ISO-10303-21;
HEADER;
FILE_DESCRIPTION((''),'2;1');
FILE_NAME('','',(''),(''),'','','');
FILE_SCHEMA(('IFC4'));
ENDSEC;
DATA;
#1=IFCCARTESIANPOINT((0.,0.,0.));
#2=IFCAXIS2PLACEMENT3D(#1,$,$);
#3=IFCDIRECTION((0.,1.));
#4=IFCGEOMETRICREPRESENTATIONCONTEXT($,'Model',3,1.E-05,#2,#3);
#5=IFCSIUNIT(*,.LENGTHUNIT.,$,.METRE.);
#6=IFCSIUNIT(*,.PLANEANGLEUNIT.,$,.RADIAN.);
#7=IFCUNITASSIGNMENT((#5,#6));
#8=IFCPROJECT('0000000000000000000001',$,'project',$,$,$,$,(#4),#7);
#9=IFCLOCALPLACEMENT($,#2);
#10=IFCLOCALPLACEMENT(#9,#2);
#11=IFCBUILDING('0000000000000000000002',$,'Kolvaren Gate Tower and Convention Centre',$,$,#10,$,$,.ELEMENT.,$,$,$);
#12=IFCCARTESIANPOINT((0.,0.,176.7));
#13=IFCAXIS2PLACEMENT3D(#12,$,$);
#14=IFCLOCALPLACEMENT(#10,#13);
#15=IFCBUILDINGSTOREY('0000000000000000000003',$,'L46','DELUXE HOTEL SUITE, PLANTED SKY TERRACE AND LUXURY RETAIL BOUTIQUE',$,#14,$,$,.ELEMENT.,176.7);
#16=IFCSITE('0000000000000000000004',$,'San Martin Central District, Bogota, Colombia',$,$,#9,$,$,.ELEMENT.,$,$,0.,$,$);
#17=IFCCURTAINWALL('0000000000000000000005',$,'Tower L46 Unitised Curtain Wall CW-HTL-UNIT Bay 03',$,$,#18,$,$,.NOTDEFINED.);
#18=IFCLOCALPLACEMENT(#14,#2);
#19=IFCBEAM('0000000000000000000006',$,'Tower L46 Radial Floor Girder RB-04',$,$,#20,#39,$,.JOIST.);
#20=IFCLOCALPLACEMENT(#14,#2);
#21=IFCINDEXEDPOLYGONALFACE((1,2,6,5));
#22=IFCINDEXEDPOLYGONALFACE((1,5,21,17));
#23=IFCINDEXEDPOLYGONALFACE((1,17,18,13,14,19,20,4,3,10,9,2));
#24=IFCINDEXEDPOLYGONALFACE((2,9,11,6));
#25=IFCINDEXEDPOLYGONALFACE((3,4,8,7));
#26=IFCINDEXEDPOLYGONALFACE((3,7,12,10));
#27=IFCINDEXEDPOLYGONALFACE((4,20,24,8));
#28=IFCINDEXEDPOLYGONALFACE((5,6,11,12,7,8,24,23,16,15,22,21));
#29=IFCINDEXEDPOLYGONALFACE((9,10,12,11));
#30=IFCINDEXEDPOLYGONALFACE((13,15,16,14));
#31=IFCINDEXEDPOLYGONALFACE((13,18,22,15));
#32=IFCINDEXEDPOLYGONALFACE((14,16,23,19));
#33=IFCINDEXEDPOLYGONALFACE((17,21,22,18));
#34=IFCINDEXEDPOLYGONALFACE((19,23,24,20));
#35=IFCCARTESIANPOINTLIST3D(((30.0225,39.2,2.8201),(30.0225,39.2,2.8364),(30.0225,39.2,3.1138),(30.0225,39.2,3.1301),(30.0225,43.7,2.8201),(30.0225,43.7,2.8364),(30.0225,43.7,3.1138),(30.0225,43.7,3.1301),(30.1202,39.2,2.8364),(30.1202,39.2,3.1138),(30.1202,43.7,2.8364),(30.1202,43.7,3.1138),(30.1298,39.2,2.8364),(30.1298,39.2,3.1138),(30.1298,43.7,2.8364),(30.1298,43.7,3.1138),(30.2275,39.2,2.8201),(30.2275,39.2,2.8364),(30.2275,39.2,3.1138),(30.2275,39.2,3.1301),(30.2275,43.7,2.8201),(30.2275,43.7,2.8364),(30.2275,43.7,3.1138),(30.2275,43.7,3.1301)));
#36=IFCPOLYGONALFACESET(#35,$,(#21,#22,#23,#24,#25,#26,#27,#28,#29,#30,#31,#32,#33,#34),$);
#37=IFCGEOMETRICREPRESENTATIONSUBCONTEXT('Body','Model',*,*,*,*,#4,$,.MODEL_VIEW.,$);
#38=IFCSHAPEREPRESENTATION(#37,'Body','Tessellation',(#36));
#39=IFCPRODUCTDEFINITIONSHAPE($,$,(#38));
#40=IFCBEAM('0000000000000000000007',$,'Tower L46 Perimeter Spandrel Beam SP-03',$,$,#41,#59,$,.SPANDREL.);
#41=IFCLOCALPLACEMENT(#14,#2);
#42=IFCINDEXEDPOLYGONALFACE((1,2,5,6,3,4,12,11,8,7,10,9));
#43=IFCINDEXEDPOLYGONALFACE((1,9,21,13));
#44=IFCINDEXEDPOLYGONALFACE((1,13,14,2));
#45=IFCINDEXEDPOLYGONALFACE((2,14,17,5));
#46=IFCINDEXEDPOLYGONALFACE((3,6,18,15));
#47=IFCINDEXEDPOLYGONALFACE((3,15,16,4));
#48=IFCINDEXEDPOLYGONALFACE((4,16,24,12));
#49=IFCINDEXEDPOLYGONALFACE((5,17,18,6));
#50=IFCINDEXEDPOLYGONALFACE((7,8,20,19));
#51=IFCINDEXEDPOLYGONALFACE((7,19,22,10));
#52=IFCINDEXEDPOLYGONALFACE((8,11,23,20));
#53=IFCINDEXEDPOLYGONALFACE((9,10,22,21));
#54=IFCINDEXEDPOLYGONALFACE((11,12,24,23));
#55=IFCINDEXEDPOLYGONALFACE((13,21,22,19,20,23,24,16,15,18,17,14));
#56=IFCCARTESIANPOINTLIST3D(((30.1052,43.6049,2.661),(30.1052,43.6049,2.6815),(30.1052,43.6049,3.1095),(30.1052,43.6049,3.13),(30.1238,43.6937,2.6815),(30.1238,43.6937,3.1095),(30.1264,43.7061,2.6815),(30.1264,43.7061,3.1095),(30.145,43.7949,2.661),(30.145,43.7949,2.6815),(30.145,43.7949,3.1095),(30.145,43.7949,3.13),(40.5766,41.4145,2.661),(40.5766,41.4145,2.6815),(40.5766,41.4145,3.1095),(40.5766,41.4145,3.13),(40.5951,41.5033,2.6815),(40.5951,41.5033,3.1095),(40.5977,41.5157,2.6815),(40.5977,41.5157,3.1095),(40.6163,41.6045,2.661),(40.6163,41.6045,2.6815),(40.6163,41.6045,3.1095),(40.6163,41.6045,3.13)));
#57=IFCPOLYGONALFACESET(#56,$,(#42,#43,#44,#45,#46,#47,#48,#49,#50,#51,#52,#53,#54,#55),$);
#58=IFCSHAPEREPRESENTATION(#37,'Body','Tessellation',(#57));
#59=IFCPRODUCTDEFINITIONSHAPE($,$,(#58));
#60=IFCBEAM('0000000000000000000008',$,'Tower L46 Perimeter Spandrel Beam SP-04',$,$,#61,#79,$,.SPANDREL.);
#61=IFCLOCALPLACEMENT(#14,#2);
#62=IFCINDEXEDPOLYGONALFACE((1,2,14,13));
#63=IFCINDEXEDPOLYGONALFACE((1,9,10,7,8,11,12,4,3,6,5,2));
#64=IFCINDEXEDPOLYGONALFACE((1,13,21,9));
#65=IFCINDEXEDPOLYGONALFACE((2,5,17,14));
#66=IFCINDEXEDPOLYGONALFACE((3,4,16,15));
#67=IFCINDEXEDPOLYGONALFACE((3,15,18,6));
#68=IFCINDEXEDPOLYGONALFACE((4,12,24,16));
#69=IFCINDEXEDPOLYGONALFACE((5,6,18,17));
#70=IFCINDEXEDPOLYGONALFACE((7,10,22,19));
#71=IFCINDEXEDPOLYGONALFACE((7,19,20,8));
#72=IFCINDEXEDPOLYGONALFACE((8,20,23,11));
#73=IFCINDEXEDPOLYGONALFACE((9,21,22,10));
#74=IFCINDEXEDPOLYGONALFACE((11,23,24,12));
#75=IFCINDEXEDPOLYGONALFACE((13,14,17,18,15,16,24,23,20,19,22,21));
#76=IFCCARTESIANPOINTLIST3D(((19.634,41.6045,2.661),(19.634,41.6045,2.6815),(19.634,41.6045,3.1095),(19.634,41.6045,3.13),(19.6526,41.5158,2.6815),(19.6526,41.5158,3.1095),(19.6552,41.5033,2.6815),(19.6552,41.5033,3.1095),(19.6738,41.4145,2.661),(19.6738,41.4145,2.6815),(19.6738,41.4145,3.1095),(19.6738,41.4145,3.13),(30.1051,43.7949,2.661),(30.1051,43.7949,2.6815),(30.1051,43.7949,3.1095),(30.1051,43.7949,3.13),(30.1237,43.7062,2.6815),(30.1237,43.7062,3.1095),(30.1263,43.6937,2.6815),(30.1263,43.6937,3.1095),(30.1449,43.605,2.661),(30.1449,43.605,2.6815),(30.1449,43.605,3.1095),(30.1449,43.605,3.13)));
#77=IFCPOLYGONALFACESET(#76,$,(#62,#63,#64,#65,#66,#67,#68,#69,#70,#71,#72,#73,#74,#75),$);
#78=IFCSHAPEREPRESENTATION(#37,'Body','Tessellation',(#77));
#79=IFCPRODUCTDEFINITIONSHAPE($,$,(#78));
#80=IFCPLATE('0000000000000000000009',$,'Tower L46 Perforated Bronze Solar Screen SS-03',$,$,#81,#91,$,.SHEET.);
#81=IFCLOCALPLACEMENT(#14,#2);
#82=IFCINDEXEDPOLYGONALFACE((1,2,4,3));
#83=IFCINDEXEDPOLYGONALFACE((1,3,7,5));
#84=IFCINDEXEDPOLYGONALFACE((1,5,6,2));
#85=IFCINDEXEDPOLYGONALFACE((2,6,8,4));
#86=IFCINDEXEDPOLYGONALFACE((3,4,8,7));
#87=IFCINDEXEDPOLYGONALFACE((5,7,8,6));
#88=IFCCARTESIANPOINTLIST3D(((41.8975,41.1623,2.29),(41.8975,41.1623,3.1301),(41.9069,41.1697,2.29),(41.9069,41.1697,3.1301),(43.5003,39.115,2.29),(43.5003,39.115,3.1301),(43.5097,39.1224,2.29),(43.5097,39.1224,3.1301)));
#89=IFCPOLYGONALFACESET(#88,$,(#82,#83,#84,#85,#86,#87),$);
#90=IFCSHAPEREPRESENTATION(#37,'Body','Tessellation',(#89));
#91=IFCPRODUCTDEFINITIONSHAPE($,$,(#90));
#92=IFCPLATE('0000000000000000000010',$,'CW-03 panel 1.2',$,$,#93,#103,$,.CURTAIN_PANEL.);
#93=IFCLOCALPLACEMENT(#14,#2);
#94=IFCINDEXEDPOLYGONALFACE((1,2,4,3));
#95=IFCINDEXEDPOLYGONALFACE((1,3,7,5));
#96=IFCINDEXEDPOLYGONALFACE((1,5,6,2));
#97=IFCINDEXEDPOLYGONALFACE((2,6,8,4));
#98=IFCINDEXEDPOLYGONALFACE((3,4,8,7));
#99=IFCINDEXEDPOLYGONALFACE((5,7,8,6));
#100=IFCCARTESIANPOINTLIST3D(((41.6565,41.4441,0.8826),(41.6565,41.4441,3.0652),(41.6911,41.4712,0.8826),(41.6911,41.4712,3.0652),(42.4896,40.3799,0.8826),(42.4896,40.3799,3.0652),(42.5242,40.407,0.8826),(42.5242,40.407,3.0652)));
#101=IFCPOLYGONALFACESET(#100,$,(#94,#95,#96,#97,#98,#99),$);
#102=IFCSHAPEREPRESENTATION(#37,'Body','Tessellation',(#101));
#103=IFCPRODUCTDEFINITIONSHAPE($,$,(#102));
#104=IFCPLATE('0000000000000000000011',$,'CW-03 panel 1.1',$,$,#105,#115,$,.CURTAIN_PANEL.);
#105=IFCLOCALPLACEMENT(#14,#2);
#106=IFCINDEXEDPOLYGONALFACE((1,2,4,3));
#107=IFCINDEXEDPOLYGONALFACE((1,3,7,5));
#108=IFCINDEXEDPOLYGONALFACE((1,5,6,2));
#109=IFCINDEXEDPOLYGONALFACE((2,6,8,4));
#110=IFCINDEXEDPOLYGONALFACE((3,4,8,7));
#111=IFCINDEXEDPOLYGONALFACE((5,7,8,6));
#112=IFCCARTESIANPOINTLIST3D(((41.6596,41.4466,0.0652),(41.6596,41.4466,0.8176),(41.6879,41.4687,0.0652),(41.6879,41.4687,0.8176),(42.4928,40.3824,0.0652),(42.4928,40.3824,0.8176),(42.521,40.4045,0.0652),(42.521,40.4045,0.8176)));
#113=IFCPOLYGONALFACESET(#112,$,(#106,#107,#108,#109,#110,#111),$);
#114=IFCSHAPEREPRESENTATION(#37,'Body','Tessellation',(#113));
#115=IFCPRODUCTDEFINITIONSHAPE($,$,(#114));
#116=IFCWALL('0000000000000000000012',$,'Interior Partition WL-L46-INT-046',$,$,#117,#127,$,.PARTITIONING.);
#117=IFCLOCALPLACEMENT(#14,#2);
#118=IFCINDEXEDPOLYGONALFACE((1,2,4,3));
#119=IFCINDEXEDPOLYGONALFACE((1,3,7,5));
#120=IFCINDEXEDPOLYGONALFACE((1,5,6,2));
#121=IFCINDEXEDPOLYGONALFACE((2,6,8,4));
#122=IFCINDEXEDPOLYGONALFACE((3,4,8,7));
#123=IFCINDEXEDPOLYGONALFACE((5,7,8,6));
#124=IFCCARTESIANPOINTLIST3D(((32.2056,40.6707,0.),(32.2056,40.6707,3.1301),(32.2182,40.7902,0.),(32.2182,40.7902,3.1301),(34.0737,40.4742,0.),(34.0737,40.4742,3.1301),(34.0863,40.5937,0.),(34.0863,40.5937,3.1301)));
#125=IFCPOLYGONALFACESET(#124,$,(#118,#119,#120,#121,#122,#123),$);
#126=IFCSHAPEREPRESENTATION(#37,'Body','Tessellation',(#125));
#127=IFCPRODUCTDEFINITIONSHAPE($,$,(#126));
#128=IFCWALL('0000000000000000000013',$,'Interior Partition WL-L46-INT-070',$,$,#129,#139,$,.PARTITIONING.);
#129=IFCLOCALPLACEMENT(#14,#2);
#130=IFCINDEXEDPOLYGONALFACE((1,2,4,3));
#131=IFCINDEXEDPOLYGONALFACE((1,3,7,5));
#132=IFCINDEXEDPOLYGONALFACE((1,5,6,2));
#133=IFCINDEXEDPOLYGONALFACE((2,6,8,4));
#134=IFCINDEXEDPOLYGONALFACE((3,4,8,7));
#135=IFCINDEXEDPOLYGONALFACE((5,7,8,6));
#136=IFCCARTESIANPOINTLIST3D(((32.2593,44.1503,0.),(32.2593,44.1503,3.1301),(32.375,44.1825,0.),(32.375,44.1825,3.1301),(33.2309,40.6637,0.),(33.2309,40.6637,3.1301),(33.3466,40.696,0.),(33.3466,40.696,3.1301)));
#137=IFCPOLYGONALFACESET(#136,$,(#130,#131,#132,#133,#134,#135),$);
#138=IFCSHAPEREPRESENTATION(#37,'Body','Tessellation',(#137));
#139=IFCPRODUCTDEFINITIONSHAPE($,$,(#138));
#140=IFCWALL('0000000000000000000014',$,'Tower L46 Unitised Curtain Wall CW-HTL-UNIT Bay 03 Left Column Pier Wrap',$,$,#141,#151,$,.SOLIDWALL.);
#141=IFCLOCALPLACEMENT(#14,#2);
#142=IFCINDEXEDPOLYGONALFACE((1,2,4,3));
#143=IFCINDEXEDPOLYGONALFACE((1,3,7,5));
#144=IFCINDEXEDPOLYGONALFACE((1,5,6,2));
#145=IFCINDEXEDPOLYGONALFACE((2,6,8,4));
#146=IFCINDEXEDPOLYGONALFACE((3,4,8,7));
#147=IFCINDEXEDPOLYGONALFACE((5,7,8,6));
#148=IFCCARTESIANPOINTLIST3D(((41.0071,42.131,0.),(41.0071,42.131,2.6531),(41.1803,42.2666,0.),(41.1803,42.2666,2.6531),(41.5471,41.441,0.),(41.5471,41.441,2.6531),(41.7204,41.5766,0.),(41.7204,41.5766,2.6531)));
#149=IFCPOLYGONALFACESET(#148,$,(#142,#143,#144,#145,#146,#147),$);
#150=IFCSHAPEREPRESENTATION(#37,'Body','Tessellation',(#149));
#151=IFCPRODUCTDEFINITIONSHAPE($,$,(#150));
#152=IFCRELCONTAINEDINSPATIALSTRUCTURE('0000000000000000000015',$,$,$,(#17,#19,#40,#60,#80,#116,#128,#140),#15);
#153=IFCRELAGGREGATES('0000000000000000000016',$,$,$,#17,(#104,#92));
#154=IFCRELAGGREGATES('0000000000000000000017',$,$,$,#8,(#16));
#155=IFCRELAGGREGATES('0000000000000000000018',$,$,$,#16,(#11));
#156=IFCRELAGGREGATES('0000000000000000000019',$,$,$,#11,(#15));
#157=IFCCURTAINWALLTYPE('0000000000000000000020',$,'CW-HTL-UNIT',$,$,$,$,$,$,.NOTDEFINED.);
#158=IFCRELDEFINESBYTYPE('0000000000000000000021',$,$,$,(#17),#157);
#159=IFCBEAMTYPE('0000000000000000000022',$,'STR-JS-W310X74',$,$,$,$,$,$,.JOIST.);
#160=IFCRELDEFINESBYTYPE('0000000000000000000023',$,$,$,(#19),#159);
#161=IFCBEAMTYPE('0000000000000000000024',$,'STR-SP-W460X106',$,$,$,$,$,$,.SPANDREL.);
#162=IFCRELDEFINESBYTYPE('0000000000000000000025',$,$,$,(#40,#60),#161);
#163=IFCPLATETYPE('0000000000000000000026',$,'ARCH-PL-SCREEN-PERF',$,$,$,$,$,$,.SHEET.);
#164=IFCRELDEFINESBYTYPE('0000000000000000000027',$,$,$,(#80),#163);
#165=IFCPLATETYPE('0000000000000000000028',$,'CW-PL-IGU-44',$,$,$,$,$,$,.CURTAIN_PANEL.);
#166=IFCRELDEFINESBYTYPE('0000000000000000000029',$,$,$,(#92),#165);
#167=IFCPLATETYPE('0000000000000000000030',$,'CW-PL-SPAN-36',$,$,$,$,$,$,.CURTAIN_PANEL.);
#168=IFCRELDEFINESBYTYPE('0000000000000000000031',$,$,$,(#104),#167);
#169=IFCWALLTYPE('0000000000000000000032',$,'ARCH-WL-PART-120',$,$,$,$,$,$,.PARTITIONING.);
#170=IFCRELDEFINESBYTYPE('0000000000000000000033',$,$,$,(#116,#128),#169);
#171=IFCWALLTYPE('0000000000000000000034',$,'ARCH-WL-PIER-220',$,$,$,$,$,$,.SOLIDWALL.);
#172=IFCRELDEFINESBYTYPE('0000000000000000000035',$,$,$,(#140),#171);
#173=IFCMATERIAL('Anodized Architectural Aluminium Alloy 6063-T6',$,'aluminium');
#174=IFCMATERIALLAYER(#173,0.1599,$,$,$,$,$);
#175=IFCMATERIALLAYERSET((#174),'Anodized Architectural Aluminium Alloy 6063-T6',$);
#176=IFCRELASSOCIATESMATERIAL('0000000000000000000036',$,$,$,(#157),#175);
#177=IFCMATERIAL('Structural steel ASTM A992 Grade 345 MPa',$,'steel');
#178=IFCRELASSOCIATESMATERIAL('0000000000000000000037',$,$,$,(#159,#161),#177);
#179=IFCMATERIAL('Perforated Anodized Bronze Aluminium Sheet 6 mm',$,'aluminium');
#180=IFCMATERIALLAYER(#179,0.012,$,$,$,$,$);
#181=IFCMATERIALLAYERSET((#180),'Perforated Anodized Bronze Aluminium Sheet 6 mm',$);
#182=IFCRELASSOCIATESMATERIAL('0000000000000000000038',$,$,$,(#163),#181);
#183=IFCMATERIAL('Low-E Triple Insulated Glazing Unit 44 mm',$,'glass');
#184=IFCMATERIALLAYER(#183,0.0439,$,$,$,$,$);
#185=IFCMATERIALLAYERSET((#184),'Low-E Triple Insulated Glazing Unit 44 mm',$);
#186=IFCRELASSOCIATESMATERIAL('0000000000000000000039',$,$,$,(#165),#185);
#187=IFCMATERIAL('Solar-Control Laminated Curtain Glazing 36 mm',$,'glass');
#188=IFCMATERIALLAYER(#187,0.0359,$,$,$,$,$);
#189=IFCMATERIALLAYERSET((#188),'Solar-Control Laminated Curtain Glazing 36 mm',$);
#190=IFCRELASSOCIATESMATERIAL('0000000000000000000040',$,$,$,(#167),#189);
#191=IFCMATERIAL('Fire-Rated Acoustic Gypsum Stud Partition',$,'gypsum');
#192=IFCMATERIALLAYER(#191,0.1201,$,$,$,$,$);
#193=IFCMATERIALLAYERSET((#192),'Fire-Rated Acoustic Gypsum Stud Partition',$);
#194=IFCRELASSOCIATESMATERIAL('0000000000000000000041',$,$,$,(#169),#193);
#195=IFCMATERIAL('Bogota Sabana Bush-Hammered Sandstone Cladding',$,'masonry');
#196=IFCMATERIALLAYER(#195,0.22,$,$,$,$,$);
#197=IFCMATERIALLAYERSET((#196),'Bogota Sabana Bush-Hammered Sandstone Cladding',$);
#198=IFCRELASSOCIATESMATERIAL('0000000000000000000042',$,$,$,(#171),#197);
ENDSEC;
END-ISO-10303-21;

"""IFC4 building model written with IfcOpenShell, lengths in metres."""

from ifc_helpers import new_model, si_unit, direction, frame, frame_2d, origin, origin_2d, place, context, subcontext, project, spatial, rectangle, i_section, extrude, material, layer, layer_set, material_profile, profile_set, type_object, element, aggregate, save


model = new_model("IFC4")

# Units and contexts
model_context = context("Model", 3, precision=1e-05, world=origin(), true_north=direction((0.0, 1.0)))
body_context = subcontext(model_context, "Body", "Model", "MODEL_VIEW")
ifc_project = project(units=[si_unit("LENGTHUNIT", "METRE"), si_unit("PLANEANGLEUNIT", "RADIAN")], contexts=[model_context])

# Site, building, storey
site_placement = place(None, origin())
site = spatial("IfcSite", under=ifc_project, at=site_placement, Name="San Martin Central District, Bogota, Colombia", CompositionType="ELEMENT", RefElevation=0.0)
building_placement = place(site_placement, origin())
building = spatial("IfcBuilding", under=site, at=building_placement, Name="Kolvaren Gate Tower and Convention Centre", CompositionType="ELEMENT")
storey_placement = place(building_placement, frame((0.0, 0.0, 176.7)))
storey = spatial("IfcBuildingStorey", under=building, at=storey_placement, Name="L46", Description="DELUXE HOTEL SUITE, PLANTED SKY TERRACE AND LUXURY RETAIL BOUTIQUE", CompositionType="ELEMENT", Elevation=176.7)

# Curtain wall
ifc_material_1 = material(Name="Anodized Architectural Aluminium Alloy 6063-T6", Category="aluminium")
ifc_layer_1 = layer(ifc_material_1, 0.1599)
ifc_layer_set_1 = layer_set([ifc_layer_1], Name="Anodized Architectural Aluminium Alloy 6063-T6")
curtain_wall_type = type_object("IfcCurtainWallType", Name="CW-HTL-UNIT", PredefinedType="NOTDEFINED", material=ifc_layer_set_1)
curtain_wall_placement = place(storey_placement, origin())
curtain_wall = element("IfcCurtainWall", 1, at=curtain_wall_placement, inside=storey, type_object=curtain_wall_type, Name="Tower L46 Unitised Curtain Wall CW-HTL-UNIT Bay 03", PredefinedType="NOTDEFINED")

# Beams
ifc_material_2 = material(Name="Structural steel ASTM A992 Grade 345 MPa", Category="steel")
ifc_material_profile_1 = material_profile(ifc_material_2, i_section(OverallWidth=0.2051, OverallDepth=0.3101, WebThickness=0.0095, FlangeThickness=0.0164, at=origin_2d()), Name="W310X74")
ifc_profile_set_1 = profile_set([ifc_material_profile_1], Name="Structural steel ASTM A992 Grade 345 MPa")
beam_type_1 = type_object("IfcBeamType", Name="STR-JS-W310X74", PredefinedType="JOIST", material=ifc_profile_set_1)
beam_1_placement = place(storey_placement, frame((30.125, 39.2, 2.9751), z_axis=(0.0, 1.0, 0.0), x_axis=(-1.0, 0.0, 0.0)))
element("IfcBeam", 2, at=beam_1_placement, inside=storey, type_object=beam_type_1, Name="Tower L46 Radial Floor Girder RB-04", PredefinedType="JOIST", context=body_context, shape_type="SweptSolid", body=[
    extrude(i_section(OverallWidth=0.2051, OverallDepth=0.3101, WebThickness=0.0095, FlangeThickness=0.0164, at=origin_2d()), origin(), (0.0, 0.0, 1.0), 4.5),
])
ifc_material_profile_2 = material_profile(ifc_material_2, i_section(OverallWidth=0.1941, OverallDepth=0.469, WebThickness=0.0127, FlangeThickness=0.0205, at=origin_2d()), Name="W460X106")
ifc_profile_set_2 = profile_set([ifc_material_profile_2], Name="Structural steel ASTM A992 Grade 345 MPa")
beam_type_2 = type_object("IfcBeamType", Name="STR-SP-W460X106", PredefinedType="SPANDREL", material=ifc_profile_set_2)
beam_2_placement = place(storey_placement, frame((40.5964, 41.5095, 2.8955), z_axis=(-0.978814, 0.20475, 0.0), x_axis=(-0.20475, -0.978814, 0.0)))
element("IfcBeam", 3, at=beam_2_placement, inside=storey, type_object=beam_type_2, Name="Tower L46 Perimeter Spandrel Beam SP-03", PredefinedType="SPANDREL", context=body_context, shape_type="SweptSolid", body=[
    extrude(i_section(OverallWidth=0.1941, OverallDepth=0.469, WebThickness=0.0127, FlangeThickness=0.0205, at=origin_2d()), origin(), (0.0, 0.0, 1.0), 10.698),
])
beam_3_placement = place(storey_placement, frame((30.125, 43.7, 2.8955), z_axis=(-0.978813, -0.204754, 0.0), x_axis=(0.204754, -0.978813, 0.0)))
element("IfcBeam", 4, at=beam_3_placement, inside=storey, type_object=beam_type_2, Name="Tower L46 Perimeter Spandrel Beam SP-04", PredefinedType="SPANDREL", context=body_context, shape_type="SweptSolid", body=[
    extrude(i_section(OverallWidth=0.1941, OverallDepth=0.469, WebThickness=0.0127, FlangeThickness=0.0205, at=origin_2d()), origin(), (0.0, 0.0, 1.0), 10.6978),
])

# Plates
ifc_material_3 = material(Name="Perforated Anodized Bronze Aluminium Sheet 6 mm", Category="aluminium")
ifc_layer_2 = layer(ifc_material_3, 0.012)
ifc_layer_set_2 = layer_set([ifc_layer_2], Name="Perforated Anodized Bronze Aluminium Sheet 6 mm")
plate_type_1 = type_object("IfcPlateType", Name="ARCH-PL-SCREEN-PERF", PredefinedType="SHEET", material=ifc_layer_set_2)
plate_1_placement = place(storey_placement, frame((42.7036, 40.1423, 2.29), z_axis=(0.0, 0.0, 1.0), x_axis=(0.616434, -0.787406, 0.0)))
element("IfcPlate", 5, at=plate_1_placement, inside=storey, type_object=plate_type_1, Name="Tower L46 Perforated Bronze Solar Screen SS-03", PredefinedType="SHEET", context=body_context, shape_type="SweptSolid", body=[
    extrude(rectangle(XDim=2.6001, YDim=0.012, at=origin_2d()), origin(), (0.0, 0.0, 1.0), 0.8401),
])
ifc_material_4 = material(Name="Low-E Triple Insulated Glazing Unit 44 mm", Category="glass")
ifc_layer_3 = layer(ifc_material_4, 0.0439)
ifc_layer_set_3 = layer_set([ifc_layer_3], Name="Low-E Triple Insulated Glazing Unit 44 mm")
plate_type_2 = type_object("IfcPlateType", Name="CW-PL-IGU-44", PredefinedType="CURTAIN_PANEL", material=ifc_layer_set_3)
plate_2_placement = place(storey_placement, frame((42.0903, 40.9255, 0.8826), z_axis=(0.0, 0.0, 1.0), x_axis=(0.616438, -0.787404, 0.0)))
plate_2 = element("IfcPlate", 6, at=plate_2_placement, type_object=plate_type_2, Name="CW-03 panel 1.2", PredefinedType="CURTAIN_PANEL", context=body_context, shape_type="SweptSolid", body=[
    extrude(rectangle(XDim=1.3516, YDim=0.0439, at=origin_2d()), origin(), (0.0, 0.0, 1.0), 2.1826),
])
ifc_material_5 = material(Name="Solar-Control Laminated Curtain Glazing 36 mm", Category="glass")
ifc_layer_4 = layer(ifc_material_5, 0.0359)
ifc_layer_set_4 = layer_set([ifc_layer_4], Name="Solar-Control Laminated Curtain Glazing 36 mm")
plate_type_3 = type_object("IfcPlateType", Name="CW-PL-SPAN-36", PredefinedType="CURTAIN_PANEL", material=ifc_layer_set_4)
plate_3_placement = place(storey_placement, frame((42.0903, 40.9255, 0.0652), z_axis=(0.0, 0.0, 1.0), x_axis=(0.616438, -0.787404, 0.0)))
plate_3 = element("IfcPlate", 7, at=plate_3_placement, type_object=plate_type_3, Name="CW-03 panel 1.1", PredefinedType="CURTAIN_PANEL", context=body_context, shape_type="SweptSolid", body=[
    extrude(rectangle(XDim=1.3516, YDim=0.0359, at=origin_2d()), origin(), (0.0, 0.0, 1.0), 0.7524),
])
aggregate(curtain_wall, [plate_3, plate_2])

# Walls
ifc_material_6 = material(Name="Fire-Rated Acoustic Gypsum Stud Partition", Category="gypsum")
ifc_layer_5 = layer(ifc_material_6, 0.1201)
ifc_layer_set_5 = layer_set([ifc_layer_5], Name="Fire-Rated Acoustic Gypsum Stud Partition")
wall_type_1 = type_object("IfcWallType", Name="ARCH-WL-PART-120", PredefinedType="PARTITIONING", material=ifc_layer_set_5)
wall_1_placement = place(storey_placement, frame((32.2119, 40.7305, 0.0), z_axis=(0.0, 0.0, 1.0), x_axis=(0.994512, -0.104624, 0.0)))
element("IfcWall", 8, at=wall_1_placement, inside=storey, type_object=wall_type_1, Name="Interior Partition WL-L46-INT-046", PredefinedType="PARTITIONING", context=body_context, shape_type="SweptSolid", body=[
    extrude(rectangle(XDim=1.8784, YDim=0.1201, at=frame_2d((0.9392, 0.0))), origin(), (0.0, 0.0, 1.0), 3.1301),
])
wall_2_placement = place(storey_placement, frame((32.3171, 44.1663, 0.0), z_axis=(0.0, 0.0, 1.0), x_axis=(0.268461, -0.96329, 0.0)))
element("IfcWall", 9, at=wall_2_placement, inside=storey, type_object=wall_type_1, Name="Interior Partition WL-L46-INT-070", PredefinedType="PARTITIONING", context=body_context, shape_type="SweptSolid", body=[
    extrude(rectangle(XDim=3.6194, YDim=0.1201, at=frame_2d((1.8096, 0.0))), origin(), (0.0, 0.0, 1.0), 3.1301),
])
ifc_material_7 = material(Name="Bogota Sabana Bush-Hammered Sandstone Cladding", Category="masonry")
ifc_layer_6 = layer(ifc_material_7, 0.22)
ifc_layer_set_6 = layer_set([ifc_layer_6], Name="Bogota Sabana Bush-Hammered Sandstone Cladding")
wall_type_2 = type_object("IfcWallType", Name="ARCH-WL-PIER-220", PredefinedType="SOLIDWALL", material=ifc_layer_set_6)
wall_3_placement = place(storey_placement, frame((41.0938, 42.1987, 0.0), z_axis=(0.0, 0.0, 1.0), x_axis=(0.616368, -0.787458, 0.0)))
element("IfcWall", 10, at=wall_3_placement, inside=storey, type_object=wall_type_2, Name="Tower L46 Unitised Curtain Wall CW-HTL-UNIT Bay 03 Left Column Pier Wrap", PredefinedType="SOLIDWALL", context=body_context, shape_type="SweptSolid", body=[
    extrude(rectangle(XDim=0.8762, YDim=0.22, at=frame_2d((0.438, 0.0))), origin(), (0.0, 0.0, 1.0), 2.6531),
])

save(model, "model.ifc")
